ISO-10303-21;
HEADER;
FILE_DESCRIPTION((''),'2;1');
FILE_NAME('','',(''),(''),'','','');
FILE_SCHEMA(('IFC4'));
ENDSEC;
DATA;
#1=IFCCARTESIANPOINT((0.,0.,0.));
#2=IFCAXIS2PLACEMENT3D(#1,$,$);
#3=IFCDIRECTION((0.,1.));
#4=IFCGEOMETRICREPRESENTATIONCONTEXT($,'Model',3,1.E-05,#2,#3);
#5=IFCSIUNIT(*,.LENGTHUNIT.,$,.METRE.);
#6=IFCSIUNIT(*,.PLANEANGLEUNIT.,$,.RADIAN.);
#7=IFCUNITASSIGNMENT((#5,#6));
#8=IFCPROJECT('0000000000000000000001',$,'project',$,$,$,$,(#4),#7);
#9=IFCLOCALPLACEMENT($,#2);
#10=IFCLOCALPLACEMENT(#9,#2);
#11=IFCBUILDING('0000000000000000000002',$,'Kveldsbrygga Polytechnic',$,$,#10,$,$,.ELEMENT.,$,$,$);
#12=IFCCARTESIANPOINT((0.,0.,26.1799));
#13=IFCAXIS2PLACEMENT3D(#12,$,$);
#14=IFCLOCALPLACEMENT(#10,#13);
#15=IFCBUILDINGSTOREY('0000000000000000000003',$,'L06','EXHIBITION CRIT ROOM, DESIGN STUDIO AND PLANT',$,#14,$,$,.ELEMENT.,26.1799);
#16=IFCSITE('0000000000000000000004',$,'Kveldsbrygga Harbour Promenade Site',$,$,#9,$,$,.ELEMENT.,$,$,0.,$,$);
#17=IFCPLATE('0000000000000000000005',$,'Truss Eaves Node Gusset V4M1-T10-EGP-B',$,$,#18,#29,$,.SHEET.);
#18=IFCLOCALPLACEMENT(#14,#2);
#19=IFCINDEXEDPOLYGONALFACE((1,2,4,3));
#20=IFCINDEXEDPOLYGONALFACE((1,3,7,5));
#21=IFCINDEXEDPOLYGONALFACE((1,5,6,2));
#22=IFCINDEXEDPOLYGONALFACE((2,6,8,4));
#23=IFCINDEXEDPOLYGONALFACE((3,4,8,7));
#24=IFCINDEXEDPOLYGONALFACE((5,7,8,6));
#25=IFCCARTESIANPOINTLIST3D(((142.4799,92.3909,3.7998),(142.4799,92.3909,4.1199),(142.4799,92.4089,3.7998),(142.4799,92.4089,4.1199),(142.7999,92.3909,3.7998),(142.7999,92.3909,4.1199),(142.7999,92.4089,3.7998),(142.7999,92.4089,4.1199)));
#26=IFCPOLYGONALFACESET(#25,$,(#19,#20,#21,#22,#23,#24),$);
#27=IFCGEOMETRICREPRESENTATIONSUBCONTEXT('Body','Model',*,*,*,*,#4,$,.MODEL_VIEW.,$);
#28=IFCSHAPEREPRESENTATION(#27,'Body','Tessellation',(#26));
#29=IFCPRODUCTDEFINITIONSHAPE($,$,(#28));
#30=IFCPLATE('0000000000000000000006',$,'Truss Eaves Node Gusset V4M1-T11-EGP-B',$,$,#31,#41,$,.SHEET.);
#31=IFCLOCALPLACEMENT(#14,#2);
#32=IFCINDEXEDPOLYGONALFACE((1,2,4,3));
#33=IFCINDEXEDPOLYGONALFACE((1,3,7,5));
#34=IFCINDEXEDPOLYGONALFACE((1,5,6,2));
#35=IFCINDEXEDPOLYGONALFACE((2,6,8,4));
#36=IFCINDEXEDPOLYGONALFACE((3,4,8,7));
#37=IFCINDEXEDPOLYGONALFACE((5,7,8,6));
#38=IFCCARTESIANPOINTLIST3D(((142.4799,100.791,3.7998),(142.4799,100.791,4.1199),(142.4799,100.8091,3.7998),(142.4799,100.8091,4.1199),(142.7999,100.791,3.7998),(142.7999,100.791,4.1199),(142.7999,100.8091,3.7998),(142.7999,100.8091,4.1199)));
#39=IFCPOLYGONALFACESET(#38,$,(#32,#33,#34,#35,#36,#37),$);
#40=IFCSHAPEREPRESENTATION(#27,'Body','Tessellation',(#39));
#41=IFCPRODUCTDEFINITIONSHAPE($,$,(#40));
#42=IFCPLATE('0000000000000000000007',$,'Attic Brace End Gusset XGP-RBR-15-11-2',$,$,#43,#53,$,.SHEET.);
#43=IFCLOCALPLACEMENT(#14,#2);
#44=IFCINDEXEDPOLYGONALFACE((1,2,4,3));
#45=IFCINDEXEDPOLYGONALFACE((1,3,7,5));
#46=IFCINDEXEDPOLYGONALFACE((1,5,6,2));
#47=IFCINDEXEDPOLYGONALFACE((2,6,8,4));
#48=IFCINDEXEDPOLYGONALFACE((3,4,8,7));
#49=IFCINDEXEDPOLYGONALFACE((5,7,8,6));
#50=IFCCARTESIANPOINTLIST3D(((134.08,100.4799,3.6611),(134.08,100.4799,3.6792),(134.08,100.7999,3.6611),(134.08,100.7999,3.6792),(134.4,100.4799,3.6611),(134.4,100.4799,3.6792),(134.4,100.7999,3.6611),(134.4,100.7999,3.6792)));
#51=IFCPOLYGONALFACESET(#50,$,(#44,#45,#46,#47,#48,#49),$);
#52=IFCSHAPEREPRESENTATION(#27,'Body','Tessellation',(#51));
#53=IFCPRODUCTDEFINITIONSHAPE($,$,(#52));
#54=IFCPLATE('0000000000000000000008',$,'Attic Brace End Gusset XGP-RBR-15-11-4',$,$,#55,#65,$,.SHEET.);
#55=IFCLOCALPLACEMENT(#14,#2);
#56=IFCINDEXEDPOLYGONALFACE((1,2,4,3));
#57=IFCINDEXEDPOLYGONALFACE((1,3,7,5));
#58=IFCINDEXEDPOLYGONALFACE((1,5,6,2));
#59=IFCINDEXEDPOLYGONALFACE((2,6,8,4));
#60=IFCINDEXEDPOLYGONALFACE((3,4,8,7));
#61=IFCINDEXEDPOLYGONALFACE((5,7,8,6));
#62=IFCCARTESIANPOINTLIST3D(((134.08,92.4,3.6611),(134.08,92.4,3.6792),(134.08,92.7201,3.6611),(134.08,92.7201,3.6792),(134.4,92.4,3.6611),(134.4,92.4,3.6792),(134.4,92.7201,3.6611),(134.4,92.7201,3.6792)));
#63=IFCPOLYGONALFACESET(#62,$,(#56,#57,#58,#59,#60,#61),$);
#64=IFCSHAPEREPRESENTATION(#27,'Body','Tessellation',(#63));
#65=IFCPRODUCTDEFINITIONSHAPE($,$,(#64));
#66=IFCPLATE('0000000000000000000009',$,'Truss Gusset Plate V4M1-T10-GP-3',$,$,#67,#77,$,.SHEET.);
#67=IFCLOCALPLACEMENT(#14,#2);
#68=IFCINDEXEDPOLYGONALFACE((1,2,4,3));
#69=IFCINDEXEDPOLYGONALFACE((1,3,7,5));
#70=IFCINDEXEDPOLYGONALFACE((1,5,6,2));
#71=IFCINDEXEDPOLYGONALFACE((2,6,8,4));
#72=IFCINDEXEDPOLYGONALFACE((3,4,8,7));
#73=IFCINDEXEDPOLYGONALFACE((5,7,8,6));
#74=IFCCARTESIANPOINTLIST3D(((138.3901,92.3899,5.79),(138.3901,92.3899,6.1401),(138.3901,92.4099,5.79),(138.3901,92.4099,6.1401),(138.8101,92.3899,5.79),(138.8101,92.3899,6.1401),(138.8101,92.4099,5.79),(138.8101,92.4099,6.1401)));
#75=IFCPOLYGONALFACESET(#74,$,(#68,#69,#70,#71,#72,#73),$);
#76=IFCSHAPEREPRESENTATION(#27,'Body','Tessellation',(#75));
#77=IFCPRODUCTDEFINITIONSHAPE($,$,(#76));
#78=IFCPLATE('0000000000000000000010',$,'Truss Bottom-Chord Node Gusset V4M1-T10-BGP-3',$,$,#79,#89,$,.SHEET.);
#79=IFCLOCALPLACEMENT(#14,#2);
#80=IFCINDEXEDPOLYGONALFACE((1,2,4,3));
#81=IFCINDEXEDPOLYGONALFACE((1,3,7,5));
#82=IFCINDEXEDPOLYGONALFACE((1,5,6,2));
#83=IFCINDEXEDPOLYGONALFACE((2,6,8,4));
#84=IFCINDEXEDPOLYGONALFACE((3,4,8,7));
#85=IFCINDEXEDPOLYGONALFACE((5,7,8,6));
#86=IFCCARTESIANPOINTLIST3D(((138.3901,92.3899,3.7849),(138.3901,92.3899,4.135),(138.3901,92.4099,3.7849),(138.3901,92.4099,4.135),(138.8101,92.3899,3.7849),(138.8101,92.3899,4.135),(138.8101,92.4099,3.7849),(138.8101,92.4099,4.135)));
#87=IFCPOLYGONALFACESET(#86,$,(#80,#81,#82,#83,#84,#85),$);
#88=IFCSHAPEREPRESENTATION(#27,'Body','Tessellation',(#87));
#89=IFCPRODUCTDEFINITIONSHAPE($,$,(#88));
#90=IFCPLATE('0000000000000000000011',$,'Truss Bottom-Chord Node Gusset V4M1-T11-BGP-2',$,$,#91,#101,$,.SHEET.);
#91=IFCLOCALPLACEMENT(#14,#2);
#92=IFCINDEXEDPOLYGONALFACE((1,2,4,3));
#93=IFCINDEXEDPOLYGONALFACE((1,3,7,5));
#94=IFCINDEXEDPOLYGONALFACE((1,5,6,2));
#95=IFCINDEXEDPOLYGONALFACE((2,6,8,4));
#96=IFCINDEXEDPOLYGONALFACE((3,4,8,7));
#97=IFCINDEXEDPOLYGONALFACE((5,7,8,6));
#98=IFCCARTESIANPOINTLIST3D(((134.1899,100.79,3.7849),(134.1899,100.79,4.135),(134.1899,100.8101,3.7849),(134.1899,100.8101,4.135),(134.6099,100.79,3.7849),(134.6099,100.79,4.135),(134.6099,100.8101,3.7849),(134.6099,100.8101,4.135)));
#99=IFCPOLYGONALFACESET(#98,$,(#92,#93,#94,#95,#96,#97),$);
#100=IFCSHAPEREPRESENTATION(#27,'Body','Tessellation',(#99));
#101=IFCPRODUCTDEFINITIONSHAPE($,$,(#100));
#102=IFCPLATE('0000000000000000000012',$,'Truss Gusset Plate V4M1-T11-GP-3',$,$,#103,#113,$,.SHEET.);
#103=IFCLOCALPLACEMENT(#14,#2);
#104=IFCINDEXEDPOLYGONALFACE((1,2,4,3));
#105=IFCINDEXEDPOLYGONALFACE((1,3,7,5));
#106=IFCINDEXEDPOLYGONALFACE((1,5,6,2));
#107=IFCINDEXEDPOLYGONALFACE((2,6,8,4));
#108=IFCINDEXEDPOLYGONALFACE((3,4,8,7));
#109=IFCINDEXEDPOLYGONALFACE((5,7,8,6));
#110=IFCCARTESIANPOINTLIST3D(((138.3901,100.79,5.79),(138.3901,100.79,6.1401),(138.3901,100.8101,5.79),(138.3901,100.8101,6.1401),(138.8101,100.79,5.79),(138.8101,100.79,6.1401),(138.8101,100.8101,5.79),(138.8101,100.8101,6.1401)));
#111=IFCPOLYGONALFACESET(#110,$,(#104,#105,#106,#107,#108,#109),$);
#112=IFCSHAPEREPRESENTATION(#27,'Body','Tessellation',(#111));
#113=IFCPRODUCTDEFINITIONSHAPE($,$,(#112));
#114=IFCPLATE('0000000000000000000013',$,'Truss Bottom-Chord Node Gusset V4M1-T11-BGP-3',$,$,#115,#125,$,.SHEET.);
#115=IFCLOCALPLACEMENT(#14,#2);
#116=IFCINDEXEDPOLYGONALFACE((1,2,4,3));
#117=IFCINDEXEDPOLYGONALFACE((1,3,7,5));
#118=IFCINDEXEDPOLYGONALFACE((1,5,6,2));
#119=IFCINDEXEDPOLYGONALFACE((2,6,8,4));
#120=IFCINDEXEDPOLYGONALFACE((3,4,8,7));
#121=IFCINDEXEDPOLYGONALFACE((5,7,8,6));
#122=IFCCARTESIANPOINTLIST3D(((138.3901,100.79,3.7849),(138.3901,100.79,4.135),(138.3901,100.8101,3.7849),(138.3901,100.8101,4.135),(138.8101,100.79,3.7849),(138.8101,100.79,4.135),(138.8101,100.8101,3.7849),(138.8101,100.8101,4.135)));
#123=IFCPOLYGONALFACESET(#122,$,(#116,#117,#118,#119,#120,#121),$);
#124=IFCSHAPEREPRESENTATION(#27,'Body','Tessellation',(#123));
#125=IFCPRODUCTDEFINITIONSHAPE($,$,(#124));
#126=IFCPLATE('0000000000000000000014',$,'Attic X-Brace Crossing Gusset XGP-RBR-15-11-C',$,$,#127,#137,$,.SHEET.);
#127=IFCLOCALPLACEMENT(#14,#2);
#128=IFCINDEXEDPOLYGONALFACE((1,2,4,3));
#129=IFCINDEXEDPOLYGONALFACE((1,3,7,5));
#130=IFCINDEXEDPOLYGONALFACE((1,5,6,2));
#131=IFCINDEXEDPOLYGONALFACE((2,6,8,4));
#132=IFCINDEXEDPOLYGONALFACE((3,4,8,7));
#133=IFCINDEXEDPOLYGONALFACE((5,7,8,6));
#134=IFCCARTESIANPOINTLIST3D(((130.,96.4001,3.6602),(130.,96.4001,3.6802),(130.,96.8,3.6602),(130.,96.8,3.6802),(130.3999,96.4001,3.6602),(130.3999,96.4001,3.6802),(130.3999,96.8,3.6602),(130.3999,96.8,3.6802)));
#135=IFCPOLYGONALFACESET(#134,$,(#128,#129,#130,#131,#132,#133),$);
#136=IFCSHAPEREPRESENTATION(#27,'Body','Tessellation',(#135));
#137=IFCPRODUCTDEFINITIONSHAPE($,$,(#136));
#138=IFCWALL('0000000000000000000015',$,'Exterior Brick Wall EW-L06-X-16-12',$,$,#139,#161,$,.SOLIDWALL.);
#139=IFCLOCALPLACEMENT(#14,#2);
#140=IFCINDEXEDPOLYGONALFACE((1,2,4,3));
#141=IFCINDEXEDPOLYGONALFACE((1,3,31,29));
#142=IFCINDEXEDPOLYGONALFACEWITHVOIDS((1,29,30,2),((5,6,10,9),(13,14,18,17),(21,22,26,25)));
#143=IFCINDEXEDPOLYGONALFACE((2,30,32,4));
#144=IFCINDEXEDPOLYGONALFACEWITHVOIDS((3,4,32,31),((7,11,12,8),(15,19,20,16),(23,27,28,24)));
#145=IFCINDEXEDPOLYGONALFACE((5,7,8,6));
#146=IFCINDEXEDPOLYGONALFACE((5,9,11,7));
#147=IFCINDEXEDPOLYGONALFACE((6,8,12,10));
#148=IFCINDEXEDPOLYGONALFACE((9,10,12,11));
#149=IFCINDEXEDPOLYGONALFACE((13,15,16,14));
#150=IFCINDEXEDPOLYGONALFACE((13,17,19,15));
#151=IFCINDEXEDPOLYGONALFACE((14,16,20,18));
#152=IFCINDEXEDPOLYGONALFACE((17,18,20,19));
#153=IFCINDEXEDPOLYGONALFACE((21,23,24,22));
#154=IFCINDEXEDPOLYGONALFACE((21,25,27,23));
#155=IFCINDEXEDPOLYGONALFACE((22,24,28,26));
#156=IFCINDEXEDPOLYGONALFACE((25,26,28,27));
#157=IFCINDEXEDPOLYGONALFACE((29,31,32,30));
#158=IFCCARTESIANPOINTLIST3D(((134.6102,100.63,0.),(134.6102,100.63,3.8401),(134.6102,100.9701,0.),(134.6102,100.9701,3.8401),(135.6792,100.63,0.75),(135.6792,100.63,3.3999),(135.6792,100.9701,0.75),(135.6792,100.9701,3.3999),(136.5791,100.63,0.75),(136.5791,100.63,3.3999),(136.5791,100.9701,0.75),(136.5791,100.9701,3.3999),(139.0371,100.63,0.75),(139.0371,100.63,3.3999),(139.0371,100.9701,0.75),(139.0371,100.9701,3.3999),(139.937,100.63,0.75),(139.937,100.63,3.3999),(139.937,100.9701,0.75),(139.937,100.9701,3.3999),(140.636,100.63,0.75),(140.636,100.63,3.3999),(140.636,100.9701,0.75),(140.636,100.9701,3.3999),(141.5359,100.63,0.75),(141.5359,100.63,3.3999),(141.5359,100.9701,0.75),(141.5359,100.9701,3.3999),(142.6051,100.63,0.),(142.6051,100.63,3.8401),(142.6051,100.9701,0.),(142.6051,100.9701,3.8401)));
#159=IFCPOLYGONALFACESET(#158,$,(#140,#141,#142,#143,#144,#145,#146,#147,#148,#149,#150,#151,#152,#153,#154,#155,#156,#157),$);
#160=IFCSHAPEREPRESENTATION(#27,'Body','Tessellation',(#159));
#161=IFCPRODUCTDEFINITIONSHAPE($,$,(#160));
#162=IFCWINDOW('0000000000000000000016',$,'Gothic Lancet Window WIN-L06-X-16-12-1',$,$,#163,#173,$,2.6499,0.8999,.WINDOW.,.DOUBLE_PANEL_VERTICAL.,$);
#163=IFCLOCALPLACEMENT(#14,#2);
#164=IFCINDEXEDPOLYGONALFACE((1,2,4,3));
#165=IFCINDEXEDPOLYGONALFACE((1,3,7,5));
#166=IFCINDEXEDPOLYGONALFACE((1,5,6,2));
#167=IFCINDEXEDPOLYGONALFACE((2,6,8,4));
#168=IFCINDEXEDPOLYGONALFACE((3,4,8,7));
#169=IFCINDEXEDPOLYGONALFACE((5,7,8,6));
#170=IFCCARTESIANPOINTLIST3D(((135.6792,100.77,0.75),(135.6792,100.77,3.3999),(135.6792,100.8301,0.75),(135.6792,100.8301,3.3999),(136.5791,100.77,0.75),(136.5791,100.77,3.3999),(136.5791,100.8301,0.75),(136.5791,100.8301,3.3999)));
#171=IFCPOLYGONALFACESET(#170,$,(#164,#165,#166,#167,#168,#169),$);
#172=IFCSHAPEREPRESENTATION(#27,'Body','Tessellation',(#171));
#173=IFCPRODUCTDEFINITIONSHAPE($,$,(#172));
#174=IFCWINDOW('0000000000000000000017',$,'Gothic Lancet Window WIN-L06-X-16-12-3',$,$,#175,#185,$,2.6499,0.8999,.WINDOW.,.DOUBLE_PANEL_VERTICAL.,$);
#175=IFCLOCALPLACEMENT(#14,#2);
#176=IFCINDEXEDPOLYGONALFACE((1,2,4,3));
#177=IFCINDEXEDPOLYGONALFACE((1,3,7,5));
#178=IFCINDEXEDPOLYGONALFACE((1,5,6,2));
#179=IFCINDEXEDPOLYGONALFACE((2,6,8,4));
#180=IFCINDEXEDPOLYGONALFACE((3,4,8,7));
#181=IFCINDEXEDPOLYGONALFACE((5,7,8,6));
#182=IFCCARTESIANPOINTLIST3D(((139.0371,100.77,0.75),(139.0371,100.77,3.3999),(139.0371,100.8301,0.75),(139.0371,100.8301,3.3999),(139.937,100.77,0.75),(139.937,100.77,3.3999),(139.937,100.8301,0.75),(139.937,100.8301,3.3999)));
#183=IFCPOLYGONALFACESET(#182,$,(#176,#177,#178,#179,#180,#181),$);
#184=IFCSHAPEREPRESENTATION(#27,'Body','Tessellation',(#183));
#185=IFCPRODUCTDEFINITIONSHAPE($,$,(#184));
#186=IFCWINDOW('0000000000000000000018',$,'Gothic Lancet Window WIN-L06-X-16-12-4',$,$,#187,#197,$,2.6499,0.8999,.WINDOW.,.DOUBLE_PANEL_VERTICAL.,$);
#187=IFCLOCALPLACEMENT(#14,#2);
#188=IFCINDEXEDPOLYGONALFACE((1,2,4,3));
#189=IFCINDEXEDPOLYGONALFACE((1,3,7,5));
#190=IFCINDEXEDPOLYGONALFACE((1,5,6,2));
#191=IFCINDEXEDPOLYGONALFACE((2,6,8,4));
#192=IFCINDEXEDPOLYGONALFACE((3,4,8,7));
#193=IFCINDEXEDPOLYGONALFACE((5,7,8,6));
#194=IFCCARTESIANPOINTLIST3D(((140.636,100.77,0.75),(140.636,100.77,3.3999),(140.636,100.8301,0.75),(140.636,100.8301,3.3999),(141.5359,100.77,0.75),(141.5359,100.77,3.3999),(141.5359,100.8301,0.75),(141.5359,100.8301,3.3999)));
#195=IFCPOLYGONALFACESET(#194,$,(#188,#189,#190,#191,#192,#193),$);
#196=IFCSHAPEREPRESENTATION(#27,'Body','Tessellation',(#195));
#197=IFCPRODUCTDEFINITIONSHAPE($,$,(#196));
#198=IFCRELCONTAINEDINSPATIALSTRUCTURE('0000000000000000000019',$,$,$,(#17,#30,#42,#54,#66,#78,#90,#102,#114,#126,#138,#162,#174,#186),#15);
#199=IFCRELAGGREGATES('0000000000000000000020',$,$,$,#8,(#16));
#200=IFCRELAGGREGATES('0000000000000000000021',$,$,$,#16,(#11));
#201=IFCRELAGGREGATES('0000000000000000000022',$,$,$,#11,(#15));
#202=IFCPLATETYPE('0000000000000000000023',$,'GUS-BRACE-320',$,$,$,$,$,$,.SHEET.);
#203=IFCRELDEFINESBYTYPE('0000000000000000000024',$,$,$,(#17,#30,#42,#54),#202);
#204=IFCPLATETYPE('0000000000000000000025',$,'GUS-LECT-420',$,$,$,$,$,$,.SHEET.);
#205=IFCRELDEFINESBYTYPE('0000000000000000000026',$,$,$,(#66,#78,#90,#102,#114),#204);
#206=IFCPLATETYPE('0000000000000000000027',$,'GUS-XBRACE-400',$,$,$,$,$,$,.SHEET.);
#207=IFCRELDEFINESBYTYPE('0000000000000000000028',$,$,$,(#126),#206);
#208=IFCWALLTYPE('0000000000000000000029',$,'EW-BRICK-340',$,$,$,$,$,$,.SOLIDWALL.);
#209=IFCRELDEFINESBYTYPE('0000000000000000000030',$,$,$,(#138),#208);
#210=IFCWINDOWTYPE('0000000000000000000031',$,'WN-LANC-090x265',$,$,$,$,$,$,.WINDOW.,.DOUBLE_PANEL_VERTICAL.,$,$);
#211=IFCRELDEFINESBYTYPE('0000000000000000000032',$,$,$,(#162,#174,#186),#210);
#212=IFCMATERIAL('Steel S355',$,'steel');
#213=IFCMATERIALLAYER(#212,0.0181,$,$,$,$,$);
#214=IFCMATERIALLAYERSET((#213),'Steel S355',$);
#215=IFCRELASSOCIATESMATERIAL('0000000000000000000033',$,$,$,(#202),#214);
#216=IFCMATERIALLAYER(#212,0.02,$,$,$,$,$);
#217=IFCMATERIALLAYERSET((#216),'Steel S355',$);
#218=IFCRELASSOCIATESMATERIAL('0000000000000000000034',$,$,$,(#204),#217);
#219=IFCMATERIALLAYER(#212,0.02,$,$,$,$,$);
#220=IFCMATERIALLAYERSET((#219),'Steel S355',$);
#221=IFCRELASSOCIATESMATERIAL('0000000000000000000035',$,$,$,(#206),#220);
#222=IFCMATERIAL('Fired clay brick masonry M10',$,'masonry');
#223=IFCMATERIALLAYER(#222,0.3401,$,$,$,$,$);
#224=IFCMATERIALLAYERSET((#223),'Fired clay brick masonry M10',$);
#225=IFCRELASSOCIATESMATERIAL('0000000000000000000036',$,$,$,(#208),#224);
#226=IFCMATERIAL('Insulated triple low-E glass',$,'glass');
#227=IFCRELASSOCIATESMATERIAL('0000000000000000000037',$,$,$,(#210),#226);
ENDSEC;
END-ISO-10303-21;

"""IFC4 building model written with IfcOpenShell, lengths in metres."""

from ifc_helpers import new_model, si_unit, direction, frame, frame_2d, origin, origin_2d, place, context, subcontext, project, spatial, rectangle, extrude, material, layer, layer_set, type_object, element, fill, save


model = new_model("IFC4")

# Units and contexts
model_context = context("Model", 3, precision=1e-05, world=origin(), true_north=direction((0.0, 1.0)))
body_context = subcontext(model_context, "Body", "Model", "MODEL_VIEW")
ifc_project = project(units=[si_unit("LENGTHUNIT", "METRE"), si_unit("PLANEANGLEUNIT", "RADIAN")], contexts=[model_context])

# Site, building, storey
site_placement = place(None, origin())
site = spatial("IfcSite", under=ifc_project, at=site_placement, Name="Kveldsbrygga Harbour Promenade Site", CompositionType="ELEMENT", RefElevation=0.0)
building_placement = place(site_placement, origin())
building = spatial("IfcBuilding", under=site, at=building_placement, Name="Kveldsbrygga Polytechnic", CompositionType="ELEMENT")
storey_placement = place(building_placement, frame((0.0, 0.0, 26.1799)))
storey = spatial("IfcBuildingStorey", under=building, at=storey_placement, Name="L06", Description="EXHIBITION CRIT ROOM, DESIGN STUDIO AND PLANT", CompositionType="ELEMENT", Elevation=26.1799)

# Shared definitions
ifc_material_1 = material(Name="Steel S355", Category="steel")

# Plates
ifc_layer_1 = layer(ifc_material_1, 0.0181)
ifc_layer_set_1 = layer_set([ifc_layer_1], Name="Steel S355")
plate_type_1 = type_object("IfcPlateType", Name="GUS-BRACE-320", PredefinedType="SHEET", material=ifc_layer_set_1)
for number, where, z_axis, x_axis, name in (
    (1, (142.6399, 92.3999, 3.7998), (0.0, 0.0, 1.0), (1.0, 0.0, 0.0), "Truss Eaves Node Gusset V4M1-T10-EGP-B"),
    (2, (142.6399, 100.8, 3.7998), (0.0, 0.0, 1.0), (1.0, 0.0, 0.0), "Truss Eaves Node Gusset V4M1-T11-EGP-B"),
):
    element("IfcPlate", number, at=place(storey_placement, frame(where, z_axis=z_axis, x_axis=x_axis)), inside=storey, type_object=plate_type_1, Name=name, PredefinedType="SHEET", context=body_context, shape_type="SweptSolid", body=[
        extrude(rectangle(XDim=0.3201, YDim=0.0181, at=origin_2d()), origin(), (0.0, 0.0, 1.0), 0.3201),
    ])
for number, where, z_axis, x_axis, name in (
    (3, (134.24, 100.6399, 3.6611), (0.0, 0.0, 1.0), (1.0, 0.0, 0.0), "Attic Brace End Gusset XGP-RBR-15-11-2"),
    (4, (134.24, 92.5601, 3.6611), (0.0, 0.0, 1.0), (1.0, 0.0, 0.0), "Attic Brace End Gusset XGP-RBR-15-11-4"),
):
    element("IfcPlate", number, at=place(storey_placement, frame(where, z_axis=z_axis, x_axis=x_axis)), inside=storey, type_object=plate_type_1, Name=name, PredefinedType="SHEET", context=body_context, shape_type="SweptSolid", body=[
        extrude(rectangle(XDim=0.3201, YDim=0.3201, at=origin_2d()), origin(), (0.0, 0.0, 1.0), 0.0181),
    ])
ifc_layer_2 = layer(ifc_material_1, 0.02)
ifc_layer_set_2 = layer_set([ifc_layer_2], Name="Steel S355")
plate_type_2 = type_object("IfcPlateType", Name="GUS-LECT-420", PredefinedType="SHEET", material=ifc_layer_set_2)
for number, where, z_axis, x_axis, name in (
    (5, (138.6001, 92.3999, 5.79), (0.0, 0.0, 1.0), (1.0, 0.0, 0.0), "Truss Gusset Plate V4M1-T10-GP-3"),
    (6, (138.6001, 92.3999, 3.7849), (0.0, 0.0, 1.0), (1.0, 0.0, 0.0), "Truss Bottom-Chord Node Gusset V4M1-T10-BGP-3"),
    (7, (134.3999, 100.8, 3.7849), (0.0, 0.0, 1.0), (1.0, 0.0, 0.0), "Truss Bottom-Chord Node Gusset V4M1-T11-BGP-2"),
    (8, (138.6001, 100.8, 5.79), (0.0, 0.0, 1.0), (1.0, 0.0, 0.0), "Truss Gusset Plate V4M1-T11-GP-3"),
    (9, (138.6001, 100.8, 3.7849), (0.0, 0.0, 1.0), (1.0, 0.0, 0.0), "Truss Bottom-Chord Node Gusset V4M1-T11-BGP-3"),
):
    element("IfcPlate", number, at=place(storey_placement, frame(where, z_axis=z_axis, x_axis=x_axis)), inside=storey, type_object=plate_type_2, Name=name, PredefinedType="SHEET", context=body_context, shape_type="SweptSolid", body=[
        extrude(rectangle(XDim=0.4199, YDim=0.02, at=origin_2d()), origin(), (0.0, 0.0, 1.0), 0.3501),
    ])
ifc_layer_3 = layer(ifc_material_1, 0.02)
ifc_layer_set_3 = layer_set([ifc_layer_3], Name="Steel S355")
plate_type_3 = type_object("IfcPlateType", Name="GUS-XBRACE-400", PredefinedType="SHEET", material=ifc_layer_set_3)
plate_1_placement = place(storey_placement, frame((130.2, 96.6001, 3.6602), z_axis=(0.0, 0.0, 1.0), x_axis=(1.0, 0.0, 0.0)))
element("IfcPlate", 10, at=plate_1_placement, inside=storey, type_object=plate_type_3, Name="Attic X-Brace Crossing Gusset XGP-RBR-15-11-C", PredefinedType="SHEET", context=body_context, shape_type="SweptSolid", body=[
    extrude(rectangle(XDim=0.3999, YDim=0.3999, at=origin_2d()), origin(), (0.0, 0.0, 1.0), 0.02),
])

# Wall, openings, windows
ifc_material_2 = material(Name="Fired clay brick masonry M10", Category="masonry")
ifc_layer_4 = layer(ifc_material_2, 0.3401)
ifc_layer_set_4 = layer_set([ifc_layer_4], Name="Fired clay brick masonry M10")
wall_type_1 = type_object("IfcWallType", Name="EW-BRICK-340", PredefinedType="SOLIDWALL", material=ifc_layer_set_4)
wall_1_placement = place(storey_placement, frame((134.6101, 100.8, 0.0), z_axis=(0.0, 0.0, 1.0), x_axis=(1.0, 0.0, 0.0)))
wall_1 = element("IfcWall", 11, at=wall_1_placement, inside=storey, type_object=wall_type_1, Name="Exterior Brick Wall EW-L06-X-16-12", PredefinedType="SOLIDWALL", context=body_context, shape_type="SweptSolid", body=[
    extrude(rectangle(XDim=7.9949, YDim=0.3401, at=frame_2d((3.9976, 0.0))), origin(), (0.0, 0.0, 1.0), 3.8401),
])
opening_1_placement = place(wall_1_placement, frame((1.0691, 0.0, 0.75)))
opening_1 = element("IfcOpeningElement", 12, at=opening_1_placement, cuts=wall_1, PredefinedType="OPENING", context=body_context, shape_type="SweptSolid", body=[
    extrude(rectangle(XDim=0.8999, YDim=2.6499, at=frame_2d((0.45, 1.325))), frame((0.0, 0.1802, 0.0), z_axis=(0.0, -1.0, 0.0), x_axis=(1.0, 0.0, 0.0)), (0.0, 0.0, 1.0), 0.3601),
])
opening_2_placement = place(wall_1_placement, frame((4.427, 0.0, 0.75)))
opening_2 = element("IfcOpeningElement", 13, at=opening_2_placement, cuts=wall_1, PredefinedType="OPENING", context=body_context, shape_type="SweptSolid", body=[
    extrude(rectangle(XDim=0.8999, YDim=2.6499, at=frame_2d((0.45, 1.325))), frame((0.0, 0.1802, 0.0), z_axis=(0.0, -1.0, 0.0), x_axis=(1.0, 0.0, 0.0)), (0.0, 0.0, 1.0), 0.3601),
])
opening_3_placement = place(wall_1_placement, frame((6.0259, 0.0, 0.75)))
opening_3 = element("IfcOpeningElement", 14, at=opening_3_placement, cuts=wall_1, PredefinedType="OPENING", context=body_context, shape_type="SweptSolid", body=[
    extrude(rectangle(XDim=0.8999, YDim=2.6499, at=frame_2d((0.45, 1.325))), frame((0.0, 0.1802, 0.0), z_axis=(0.0, -1.0, 0.0), x_axis=(1.0, 0.0, 0.0)), (0.0, 0.0, 1.0), 0.3601),
])
ifc_material_3 = material(Name="Insulated triple low-E glass", Category="glass")
window_type = type_object("IfcWindowType", Name="WN-LANC-090x265", PartitioningType="DOUBLE_PANEL_VERTICAL", PredefinedType="WINDOW", material=ifc_material_3)
window_1_placement = place(opening_1_placement, origin())
window_1 = element("IfcWindow", 15, at=window_1_placement, inside=storey, type_object=window_type, Name="Gothic Lancet Window WIN-L06-X-16-12-1", OverallHeight=2.6499, OverallWidth=0.8999, PartitioningType="DOUBLE_PANEL_VERTICAL", PredefinedType="WINDOW", context=body_context, shape_type="SweptSolid", body=[
    extrude(rectangle(XDim=0.8999, YDim=2.6499, at=frame_2d((0.45, 1.325))), frame((0.0, 0.03, 0.0), z_axis=(0.0, -1.0, 0.0), x_axis=(1.0, 0.0, 0.0)), (0.0, 0.0, 1.0), 0.0601),
])
fill(opening_1, window_1)
window_2_placement = place(opening_2_placement, origin())
window_2 = element("IfcWindow", 16, at=window_2_placement, inside=storey, type_object=window_type, Name="Gothic Lancet Window WIN-L06-X-16-12-3", OverallHeight=2.6499, OverallWidth=0.8999, PartitioningType="DOUBLE_PANEL_VERTICAL", PredefinedType="WINDOW", context=body_context, shape_type="SweptSolid", body=[
    extrude(rectangle(XDim=0.8999, YDim=2.6499, at=frame_2d((0.45, 1.325))), frame((0.0, 0.03, 0.0), z_axis=(0.0, -1.0, 0.0), x_axis=(1.0, 0.0, 0.0)), (0.0, 0.0, 1.0), 0.0601),
])
fill(opening_2, window_2)
window_3_placement = place(opening_3_placement, origin())
window_3 = element("IfcWindow", 17, at=window_3_placement, inside=storey, type_object=window_type, Name="Gothic Lancet Window WIN-L06-X-16-12-4", OverallHeight=2.6499, OverallWidth=0.8999, PartitioningType="DOUBLE_PANEL_VERTICAL", PredefinedType="WINDOW", context=body_context, shape_type="SweptSolid", body=[
    extrude(rectangle(XDim=0.8999, YDim=2.6499, at=frame_2d((0.45, 1.325))), frame((0.0, 0.03, 0.0), z_axis=(0.0, -1.0, 0.0), x_axis=(1.0, 0.0, 0.0)), (0.0, 0.0, 1.0), 0.0601),
])
fill(opening_3, window_3)

save(model, "model.ifc")
